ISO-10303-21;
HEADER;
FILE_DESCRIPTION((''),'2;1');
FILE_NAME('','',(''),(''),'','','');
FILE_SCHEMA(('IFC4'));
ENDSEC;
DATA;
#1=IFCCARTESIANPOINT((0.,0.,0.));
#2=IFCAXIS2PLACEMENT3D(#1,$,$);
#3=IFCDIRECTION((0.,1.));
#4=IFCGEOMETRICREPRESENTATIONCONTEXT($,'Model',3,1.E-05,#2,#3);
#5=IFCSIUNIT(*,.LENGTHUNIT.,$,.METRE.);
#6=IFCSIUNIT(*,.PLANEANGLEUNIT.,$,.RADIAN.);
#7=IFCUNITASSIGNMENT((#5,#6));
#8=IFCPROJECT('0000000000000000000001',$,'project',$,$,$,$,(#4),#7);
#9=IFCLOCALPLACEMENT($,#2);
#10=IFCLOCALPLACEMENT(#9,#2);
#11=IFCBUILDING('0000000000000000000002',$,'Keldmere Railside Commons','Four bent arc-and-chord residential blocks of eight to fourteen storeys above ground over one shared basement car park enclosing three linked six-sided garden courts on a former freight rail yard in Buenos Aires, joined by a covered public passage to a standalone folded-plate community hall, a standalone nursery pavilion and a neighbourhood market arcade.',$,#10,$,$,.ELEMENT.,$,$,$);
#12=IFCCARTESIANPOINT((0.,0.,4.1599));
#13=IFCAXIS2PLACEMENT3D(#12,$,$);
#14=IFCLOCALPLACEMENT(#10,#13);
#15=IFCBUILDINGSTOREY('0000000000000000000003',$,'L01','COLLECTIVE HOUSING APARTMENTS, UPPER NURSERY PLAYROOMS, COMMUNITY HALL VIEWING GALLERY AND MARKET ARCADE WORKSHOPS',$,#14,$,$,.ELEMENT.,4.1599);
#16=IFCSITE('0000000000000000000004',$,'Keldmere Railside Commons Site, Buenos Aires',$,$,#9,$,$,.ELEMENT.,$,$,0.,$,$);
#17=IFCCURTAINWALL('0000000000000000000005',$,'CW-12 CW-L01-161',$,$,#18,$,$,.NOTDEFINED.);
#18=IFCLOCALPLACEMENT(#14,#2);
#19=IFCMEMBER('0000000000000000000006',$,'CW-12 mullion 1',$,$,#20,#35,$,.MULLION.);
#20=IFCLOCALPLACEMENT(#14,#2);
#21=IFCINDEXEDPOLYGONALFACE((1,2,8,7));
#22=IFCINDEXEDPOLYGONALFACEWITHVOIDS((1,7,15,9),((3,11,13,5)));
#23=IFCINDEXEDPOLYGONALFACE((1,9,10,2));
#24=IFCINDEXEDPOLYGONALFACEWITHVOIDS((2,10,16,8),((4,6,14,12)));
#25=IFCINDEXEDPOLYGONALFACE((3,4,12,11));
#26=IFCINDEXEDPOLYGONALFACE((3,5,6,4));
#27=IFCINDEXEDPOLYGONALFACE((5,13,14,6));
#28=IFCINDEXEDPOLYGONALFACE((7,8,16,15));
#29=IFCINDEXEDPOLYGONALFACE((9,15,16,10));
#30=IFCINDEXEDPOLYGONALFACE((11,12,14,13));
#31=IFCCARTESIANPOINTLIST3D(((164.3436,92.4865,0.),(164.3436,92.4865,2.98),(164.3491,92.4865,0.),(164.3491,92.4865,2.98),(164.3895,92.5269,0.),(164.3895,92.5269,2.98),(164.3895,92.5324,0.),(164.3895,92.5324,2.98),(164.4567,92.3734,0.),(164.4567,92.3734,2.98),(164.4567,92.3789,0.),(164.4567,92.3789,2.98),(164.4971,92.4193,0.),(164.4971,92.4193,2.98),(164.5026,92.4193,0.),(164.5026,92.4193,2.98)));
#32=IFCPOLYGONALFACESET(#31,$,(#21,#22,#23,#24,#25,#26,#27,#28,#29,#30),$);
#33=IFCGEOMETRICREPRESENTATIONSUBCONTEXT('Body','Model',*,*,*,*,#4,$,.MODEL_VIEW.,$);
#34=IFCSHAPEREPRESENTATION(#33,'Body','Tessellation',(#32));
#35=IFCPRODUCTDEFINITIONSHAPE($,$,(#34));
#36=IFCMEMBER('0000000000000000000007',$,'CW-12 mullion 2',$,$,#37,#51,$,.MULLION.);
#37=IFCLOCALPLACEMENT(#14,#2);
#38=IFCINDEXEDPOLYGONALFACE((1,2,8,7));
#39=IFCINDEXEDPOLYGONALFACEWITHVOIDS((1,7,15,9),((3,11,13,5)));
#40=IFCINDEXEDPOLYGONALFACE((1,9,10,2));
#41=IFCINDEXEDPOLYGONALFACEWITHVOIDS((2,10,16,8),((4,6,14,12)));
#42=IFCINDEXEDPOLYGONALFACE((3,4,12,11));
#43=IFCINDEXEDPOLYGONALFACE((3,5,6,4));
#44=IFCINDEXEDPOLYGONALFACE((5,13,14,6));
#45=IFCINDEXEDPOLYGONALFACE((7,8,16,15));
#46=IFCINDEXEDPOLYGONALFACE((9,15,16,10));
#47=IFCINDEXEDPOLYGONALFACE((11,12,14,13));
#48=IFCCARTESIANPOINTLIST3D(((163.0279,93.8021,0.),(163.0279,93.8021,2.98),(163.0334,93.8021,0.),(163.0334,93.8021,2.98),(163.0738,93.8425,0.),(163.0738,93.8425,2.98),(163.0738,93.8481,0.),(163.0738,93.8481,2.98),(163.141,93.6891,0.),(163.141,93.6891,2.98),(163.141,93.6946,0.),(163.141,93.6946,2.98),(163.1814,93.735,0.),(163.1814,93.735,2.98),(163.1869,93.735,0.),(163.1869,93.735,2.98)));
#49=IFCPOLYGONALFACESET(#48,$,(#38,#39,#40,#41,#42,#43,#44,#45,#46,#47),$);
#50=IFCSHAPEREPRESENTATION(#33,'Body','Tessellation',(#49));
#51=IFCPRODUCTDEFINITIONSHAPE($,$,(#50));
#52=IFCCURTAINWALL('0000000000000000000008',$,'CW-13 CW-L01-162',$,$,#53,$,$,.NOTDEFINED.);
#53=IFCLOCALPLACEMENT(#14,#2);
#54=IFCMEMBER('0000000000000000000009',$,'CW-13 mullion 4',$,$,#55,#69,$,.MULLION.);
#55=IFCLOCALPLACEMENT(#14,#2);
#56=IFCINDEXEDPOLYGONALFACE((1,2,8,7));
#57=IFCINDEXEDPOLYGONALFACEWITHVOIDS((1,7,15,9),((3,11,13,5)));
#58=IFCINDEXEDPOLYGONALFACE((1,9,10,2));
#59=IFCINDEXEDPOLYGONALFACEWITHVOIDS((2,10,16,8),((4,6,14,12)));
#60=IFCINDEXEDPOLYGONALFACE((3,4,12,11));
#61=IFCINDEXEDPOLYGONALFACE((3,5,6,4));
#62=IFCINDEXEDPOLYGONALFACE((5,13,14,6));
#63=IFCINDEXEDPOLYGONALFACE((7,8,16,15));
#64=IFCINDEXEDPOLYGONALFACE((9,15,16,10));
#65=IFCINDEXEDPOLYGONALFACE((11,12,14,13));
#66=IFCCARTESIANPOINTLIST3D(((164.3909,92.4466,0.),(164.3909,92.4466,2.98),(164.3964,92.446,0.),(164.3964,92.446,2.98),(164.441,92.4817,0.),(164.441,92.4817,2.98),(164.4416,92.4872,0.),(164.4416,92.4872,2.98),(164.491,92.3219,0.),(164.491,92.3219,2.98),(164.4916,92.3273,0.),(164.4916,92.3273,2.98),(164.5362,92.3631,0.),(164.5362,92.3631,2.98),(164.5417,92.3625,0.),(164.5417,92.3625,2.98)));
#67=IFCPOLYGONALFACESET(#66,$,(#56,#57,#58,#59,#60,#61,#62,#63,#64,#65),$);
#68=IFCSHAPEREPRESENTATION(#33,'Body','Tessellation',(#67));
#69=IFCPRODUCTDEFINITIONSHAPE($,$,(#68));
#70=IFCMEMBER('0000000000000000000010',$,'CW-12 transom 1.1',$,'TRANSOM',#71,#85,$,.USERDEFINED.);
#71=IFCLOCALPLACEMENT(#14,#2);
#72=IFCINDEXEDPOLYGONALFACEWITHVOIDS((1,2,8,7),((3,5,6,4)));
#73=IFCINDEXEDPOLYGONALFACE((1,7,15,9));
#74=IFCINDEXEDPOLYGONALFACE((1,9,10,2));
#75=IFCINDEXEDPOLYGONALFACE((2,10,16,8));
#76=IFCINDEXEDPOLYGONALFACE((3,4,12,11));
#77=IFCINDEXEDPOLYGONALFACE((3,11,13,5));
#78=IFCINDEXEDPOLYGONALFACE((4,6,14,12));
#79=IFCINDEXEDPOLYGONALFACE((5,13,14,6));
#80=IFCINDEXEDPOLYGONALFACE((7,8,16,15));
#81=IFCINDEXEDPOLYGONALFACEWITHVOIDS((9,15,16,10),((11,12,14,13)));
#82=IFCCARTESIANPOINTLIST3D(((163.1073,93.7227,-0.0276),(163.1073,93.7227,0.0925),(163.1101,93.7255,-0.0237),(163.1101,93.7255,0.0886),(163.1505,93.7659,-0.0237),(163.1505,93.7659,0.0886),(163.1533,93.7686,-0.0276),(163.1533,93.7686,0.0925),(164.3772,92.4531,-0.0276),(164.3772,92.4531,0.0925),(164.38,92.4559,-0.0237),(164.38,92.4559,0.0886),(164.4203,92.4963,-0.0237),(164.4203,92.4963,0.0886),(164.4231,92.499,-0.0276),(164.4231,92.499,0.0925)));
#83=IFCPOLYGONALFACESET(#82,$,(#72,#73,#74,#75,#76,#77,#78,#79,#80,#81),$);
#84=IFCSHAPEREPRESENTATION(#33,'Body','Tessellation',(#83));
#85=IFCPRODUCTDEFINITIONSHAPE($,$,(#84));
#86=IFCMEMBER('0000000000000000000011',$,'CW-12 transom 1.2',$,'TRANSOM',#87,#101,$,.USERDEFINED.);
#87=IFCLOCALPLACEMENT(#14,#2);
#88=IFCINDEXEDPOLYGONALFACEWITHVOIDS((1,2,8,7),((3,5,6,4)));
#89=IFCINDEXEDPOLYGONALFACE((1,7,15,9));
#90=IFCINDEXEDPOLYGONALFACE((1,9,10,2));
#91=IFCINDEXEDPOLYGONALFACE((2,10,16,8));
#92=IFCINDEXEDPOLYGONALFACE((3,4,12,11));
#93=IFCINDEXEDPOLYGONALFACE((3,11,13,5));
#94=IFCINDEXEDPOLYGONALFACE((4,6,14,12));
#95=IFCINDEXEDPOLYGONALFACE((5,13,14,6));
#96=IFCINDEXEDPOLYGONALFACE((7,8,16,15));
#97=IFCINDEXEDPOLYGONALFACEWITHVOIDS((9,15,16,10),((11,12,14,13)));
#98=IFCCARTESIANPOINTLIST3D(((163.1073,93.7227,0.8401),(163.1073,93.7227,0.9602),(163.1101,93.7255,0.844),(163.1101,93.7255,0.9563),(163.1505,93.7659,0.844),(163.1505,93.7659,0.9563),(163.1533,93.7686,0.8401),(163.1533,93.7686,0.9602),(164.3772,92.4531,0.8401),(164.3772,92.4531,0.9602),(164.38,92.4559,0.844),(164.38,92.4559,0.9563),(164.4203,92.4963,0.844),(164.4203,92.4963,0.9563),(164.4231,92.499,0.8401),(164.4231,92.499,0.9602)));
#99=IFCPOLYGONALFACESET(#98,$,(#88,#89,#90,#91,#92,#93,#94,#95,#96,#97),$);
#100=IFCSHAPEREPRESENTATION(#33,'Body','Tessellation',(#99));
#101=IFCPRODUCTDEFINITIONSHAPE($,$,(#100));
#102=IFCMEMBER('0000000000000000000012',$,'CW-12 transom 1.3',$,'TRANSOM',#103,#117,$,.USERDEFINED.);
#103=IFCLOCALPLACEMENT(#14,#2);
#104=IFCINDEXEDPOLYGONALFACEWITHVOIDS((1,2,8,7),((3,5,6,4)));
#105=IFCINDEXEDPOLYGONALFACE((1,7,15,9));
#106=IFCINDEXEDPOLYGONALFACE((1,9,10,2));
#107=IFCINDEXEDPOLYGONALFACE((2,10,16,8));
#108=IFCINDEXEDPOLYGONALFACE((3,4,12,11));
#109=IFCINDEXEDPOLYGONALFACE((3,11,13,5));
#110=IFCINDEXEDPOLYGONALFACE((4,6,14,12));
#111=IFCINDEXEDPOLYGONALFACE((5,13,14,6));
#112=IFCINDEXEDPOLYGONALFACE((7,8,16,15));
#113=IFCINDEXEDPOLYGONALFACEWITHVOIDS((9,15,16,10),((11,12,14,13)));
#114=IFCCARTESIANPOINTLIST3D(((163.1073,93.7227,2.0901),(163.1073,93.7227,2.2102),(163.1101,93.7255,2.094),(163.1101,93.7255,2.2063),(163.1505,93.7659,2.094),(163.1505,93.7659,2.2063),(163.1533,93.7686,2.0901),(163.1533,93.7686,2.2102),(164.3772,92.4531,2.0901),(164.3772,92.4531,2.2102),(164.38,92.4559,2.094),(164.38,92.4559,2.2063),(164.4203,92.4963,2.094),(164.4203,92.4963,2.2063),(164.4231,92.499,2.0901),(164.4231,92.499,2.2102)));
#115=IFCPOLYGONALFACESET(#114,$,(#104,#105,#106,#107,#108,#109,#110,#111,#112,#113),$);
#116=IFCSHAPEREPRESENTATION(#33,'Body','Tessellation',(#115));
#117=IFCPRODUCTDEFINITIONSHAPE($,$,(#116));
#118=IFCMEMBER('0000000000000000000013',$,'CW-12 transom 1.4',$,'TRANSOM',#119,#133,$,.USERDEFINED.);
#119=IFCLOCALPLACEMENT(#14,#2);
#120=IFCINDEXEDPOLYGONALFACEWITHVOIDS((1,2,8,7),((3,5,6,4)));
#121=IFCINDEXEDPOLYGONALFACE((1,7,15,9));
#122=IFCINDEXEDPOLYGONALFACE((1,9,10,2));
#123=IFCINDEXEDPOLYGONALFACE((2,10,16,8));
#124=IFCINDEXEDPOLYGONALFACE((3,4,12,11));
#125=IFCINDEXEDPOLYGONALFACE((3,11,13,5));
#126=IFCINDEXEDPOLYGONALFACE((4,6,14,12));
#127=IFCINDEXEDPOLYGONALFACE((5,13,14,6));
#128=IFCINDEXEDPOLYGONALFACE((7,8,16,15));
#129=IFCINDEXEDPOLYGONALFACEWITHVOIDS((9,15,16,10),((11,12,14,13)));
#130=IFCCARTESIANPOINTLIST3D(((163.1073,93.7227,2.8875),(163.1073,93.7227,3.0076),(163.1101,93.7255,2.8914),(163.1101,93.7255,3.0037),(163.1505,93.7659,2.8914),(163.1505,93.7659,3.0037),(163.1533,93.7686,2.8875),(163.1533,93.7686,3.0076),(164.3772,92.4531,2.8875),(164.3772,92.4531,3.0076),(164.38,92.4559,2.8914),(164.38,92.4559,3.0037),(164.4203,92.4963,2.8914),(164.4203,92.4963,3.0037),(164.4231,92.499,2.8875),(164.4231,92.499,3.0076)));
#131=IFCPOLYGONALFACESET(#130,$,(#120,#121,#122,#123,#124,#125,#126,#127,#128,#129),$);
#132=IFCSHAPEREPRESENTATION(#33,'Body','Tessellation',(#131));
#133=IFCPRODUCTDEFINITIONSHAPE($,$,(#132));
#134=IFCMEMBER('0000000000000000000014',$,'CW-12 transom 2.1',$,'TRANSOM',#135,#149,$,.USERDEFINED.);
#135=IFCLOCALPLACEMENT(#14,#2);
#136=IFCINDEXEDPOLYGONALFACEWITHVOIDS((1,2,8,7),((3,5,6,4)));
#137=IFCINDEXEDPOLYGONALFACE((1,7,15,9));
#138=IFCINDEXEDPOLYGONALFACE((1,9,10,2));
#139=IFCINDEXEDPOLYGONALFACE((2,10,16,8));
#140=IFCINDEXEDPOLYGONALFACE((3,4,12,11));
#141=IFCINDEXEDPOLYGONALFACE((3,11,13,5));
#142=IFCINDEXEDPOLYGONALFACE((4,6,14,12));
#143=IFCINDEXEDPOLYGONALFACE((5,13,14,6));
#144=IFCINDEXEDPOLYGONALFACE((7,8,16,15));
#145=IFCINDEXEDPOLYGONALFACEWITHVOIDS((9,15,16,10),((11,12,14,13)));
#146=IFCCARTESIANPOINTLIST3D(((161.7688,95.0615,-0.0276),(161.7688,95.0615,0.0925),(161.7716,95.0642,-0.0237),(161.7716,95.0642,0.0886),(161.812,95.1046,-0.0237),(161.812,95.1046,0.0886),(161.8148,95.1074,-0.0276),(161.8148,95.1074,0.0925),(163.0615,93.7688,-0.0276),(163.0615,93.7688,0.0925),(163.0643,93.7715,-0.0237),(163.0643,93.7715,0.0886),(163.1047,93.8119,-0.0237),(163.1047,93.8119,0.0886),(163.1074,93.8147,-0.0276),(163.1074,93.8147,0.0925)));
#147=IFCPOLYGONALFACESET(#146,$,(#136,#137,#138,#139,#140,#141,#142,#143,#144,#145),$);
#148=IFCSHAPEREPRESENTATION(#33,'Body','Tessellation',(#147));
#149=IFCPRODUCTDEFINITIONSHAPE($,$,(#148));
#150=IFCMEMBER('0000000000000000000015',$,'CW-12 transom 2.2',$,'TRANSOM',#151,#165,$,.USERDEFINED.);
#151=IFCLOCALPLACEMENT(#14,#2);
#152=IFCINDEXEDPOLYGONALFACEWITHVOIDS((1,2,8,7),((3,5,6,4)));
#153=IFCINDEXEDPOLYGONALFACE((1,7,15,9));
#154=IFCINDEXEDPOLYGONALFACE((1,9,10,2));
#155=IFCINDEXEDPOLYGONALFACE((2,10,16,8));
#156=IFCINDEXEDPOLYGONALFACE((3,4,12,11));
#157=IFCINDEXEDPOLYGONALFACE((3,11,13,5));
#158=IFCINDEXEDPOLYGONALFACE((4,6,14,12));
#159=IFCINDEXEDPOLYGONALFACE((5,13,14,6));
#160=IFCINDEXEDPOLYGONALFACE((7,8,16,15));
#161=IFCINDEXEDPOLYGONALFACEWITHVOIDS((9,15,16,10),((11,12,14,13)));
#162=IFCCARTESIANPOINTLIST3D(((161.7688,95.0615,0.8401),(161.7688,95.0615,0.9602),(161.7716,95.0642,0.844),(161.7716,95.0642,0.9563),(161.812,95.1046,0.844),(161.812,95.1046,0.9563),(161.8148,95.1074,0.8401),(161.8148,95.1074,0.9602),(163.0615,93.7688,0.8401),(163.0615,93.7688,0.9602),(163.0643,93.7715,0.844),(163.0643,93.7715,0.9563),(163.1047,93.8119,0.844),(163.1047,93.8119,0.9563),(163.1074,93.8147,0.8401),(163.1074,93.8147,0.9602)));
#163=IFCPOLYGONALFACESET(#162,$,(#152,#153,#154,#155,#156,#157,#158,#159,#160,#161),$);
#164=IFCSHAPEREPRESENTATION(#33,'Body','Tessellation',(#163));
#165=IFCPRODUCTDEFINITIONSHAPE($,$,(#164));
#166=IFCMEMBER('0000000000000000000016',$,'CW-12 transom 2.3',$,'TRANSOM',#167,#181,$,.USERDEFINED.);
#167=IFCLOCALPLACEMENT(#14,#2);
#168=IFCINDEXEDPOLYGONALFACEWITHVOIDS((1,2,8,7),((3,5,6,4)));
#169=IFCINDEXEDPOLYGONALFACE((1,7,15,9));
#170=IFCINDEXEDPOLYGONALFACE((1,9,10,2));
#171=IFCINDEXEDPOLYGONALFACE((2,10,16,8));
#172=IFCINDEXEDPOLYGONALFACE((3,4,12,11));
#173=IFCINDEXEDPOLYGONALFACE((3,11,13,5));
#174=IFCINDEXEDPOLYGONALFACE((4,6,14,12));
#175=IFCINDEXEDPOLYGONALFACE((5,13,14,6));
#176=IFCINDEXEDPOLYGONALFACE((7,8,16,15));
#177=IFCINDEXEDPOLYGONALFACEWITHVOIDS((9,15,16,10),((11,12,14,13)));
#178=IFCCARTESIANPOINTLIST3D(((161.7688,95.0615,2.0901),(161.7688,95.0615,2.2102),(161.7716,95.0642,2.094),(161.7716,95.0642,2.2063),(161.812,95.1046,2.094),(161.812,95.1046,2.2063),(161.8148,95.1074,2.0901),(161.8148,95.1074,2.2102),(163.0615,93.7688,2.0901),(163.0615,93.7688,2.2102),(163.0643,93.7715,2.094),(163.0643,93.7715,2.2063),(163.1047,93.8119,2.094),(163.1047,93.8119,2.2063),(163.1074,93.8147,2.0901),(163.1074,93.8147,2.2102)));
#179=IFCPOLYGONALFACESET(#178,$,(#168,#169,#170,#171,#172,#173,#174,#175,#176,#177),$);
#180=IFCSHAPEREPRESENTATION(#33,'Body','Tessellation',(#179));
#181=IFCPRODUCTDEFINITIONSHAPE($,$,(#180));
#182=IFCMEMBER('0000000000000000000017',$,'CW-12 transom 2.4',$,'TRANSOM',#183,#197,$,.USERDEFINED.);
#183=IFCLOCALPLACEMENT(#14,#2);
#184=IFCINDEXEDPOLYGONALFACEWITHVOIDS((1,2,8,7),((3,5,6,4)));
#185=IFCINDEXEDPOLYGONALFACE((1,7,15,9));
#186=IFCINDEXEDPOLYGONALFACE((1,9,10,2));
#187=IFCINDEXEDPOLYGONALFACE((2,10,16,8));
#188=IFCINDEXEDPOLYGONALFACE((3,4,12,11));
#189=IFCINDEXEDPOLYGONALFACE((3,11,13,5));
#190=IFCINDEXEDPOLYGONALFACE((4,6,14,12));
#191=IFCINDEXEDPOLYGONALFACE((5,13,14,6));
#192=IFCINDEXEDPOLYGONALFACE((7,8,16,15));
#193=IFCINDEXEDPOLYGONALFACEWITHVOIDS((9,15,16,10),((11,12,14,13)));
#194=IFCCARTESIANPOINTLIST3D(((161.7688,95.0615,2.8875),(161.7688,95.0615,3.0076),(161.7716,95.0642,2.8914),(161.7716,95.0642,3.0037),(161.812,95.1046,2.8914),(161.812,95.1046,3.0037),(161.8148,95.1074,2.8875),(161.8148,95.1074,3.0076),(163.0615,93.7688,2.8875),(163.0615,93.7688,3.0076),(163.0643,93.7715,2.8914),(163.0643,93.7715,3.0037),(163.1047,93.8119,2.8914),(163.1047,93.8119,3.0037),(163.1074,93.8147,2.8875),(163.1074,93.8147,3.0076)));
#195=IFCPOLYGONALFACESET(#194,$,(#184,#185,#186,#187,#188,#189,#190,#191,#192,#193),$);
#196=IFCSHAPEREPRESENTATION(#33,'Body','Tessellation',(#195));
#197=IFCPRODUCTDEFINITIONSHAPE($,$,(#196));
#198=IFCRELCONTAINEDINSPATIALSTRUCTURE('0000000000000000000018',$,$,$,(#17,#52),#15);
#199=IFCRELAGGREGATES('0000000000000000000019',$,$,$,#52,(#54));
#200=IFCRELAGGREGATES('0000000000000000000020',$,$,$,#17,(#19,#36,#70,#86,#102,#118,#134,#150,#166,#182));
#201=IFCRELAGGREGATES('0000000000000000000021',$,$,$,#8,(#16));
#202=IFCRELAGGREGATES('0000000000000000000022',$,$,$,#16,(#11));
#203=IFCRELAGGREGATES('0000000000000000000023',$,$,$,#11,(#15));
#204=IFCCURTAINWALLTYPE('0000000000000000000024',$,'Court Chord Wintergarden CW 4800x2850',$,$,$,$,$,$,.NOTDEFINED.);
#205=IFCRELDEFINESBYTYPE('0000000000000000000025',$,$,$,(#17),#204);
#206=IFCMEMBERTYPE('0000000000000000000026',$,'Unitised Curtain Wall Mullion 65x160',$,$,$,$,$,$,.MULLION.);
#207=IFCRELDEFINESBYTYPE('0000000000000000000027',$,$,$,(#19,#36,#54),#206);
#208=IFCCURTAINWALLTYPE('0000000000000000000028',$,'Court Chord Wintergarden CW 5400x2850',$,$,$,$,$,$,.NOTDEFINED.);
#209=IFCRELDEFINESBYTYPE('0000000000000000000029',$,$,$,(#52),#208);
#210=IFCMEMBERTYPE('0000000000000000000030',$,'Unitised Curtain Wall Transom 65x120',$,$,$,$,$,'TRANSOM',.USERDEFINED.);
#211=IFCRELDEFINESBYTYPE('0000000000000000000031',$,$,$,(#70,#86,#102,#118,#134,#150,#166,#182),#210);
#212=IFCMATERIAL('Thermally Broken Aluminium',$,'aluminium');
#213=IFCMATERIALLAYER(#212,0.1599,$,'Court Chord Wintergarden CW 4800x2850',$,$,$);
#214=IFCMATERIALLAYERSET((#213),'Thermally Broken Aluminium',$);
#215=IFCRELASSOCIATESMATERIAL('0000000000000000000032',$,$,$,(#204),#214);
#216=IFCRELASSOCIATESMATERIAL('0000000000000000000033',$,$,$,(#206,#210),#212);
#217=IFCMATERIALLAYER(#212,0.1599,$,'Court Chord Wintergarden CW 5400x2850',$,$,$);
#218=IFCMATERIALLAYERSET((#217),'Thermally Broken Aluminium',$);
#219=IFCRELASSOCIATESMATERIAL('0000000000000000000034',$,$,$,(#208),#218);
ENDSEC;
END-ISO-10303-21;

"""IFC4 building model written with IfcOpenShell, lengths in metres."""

from ifc_helpers import new_model, si_unit, direction, frame, origin, origin_2d, place, context, subcontext, project, spatial, hollow_rectangle, extrude, material, layer, layer_set, material_profile, profile_set, type_object, element, aggregate, save


model = new_model("IFC4")

# Units and contexts
model_context = context("Model", 3, precision=1e-05, world=origin(), true_north=direction((0.0, 1.0)))
body_context = subcontext(model_context, "Body", "Model", "MODEL_VIEW")
ifc_project = project(units=[si_unit("LENGTHUNIT", "METRE"), si_unit("PLANEANGLEUNIT", "RADIAN")], contexts=[model_context])

# Site, building, storey
site_placement = place(None, origin())
site = spatial("IfcSite", under=ifc_project, at=site_placement, Name="Keldmere Railside Commons Site, Buenos Aires", CompositionType="ELEMENT", RefElevation=0.0)
building_placement = place(site_placement, origin())
building = spatial("IfcBuilding", under=site, at=building_placement, Name="Keldmere Railside Commons", Description="Four bent arc-and-chord residential blocks of eight to fourteen storeys above ground over one shared basement car park enclosing three linked six-sided garden courts on a former freight rail yard in Buenos Aires, joined by a covered public passage to a standalone folded-plate community hall, a standalone nursery pavilion and a neighbourhood market arcade.", CompositionType="ELEMENT")
storey_placement = place(building_placement, frame((0.0, 0.0, 4.1599)))
storey = spatial("IfcBuildingStorey", under=building, at=storey_placement, Name="L01", Description="COLLECTIVE HOUSING APARTMENTS, UPPER NURSERY PLAYROOMS, COMMUNITY HALL VIEWING GALLERY AND MARKET ARCADE WORKSHOPS", CompositionType="ELEMENT", Elevation=4.1599)

# Curtain wall, members
ifc_material_1 = material(Name="Thermally Broken Aluminium", Category="aluminium")
ifc_layer_1 = layer(ifc_material_1, 0.1599, Name="Court Chord Wintergarden CW 4800x2850")
ifc_layer_set_1 = layer_set([ifc_layer_1], Name="Thermally Broken Aluminium")
curtain_wall_type_1 = type_object("IfcCurtainWallType", Name="Court Chord Wintergarden CW 4800x2850", PredefinedType="NOTDEFINED", material=ifc_layer_set_1)
curtain_wall_1_placement = place(storey_placement, origin())
curtain_wall_1 = element("IfcCurtainWall", 1, at=curtain_wall_1_placement, inside=storey, type_object=curtain_wall_type_1, Name="CW-12 CW-L01-161", PredefinedType="NOTDEFINED")
ifc_material_profile_1 = material_profile(ifc_material_1, hollow_rectangle(XDim=0.0649, YDim=0.1599, WallThickness=0.0039, at=origin_2d()), Name="ALU-MULL-65x160")
ifc_profile_set_1 = profile_set([ifc_material_profile_1], Name="Thermally Broken Aluminium")
member_type_1 = type_object("IfcMemberType", Name="Unitised Curtain Wall Mullion 65x160", PredefinedType="MULLION", material=ifc_profile_set_1)
member_1_placement = place(storey_placement, frame((164.4231, 92.4529, 0.0), z_axis=(0.0, 0.0, 1.0), x_axis=(-0.707107, -0.707107, 0.0)))
member_1 = element("IfcMember", 2, at=member_1_placement, type_object=member_type_1, Name="CW-12 mullion 1", PredefinedType="MULLION", context=body_context, shape_type="SweptSolid", body=[
    extrude(hollow_rectangle(XDim=0.0649, YDim=0.1599, WallThickness=0.0039, at=origin_2d()), origin(), (0.0, 0.0, 1.0), 2.98),
])
member_2_placement = place(storey_placement, frame((163.1074, 93.7686, 0.0), z_axis=(0.0, 0.0, 1.0), x_axis=(-0.707107, -0.707107, 0.0)))
member_2 = element("IfcMember", 3, at=member_2_placement, type_object=member_type_1, Name="CW-12 mullion 2", PredefinedType="MULLION", context=body_context, shape_type="SweptSolid", body=[
    extrude(hollow_rectangle(XDim=0.0649, YDim=0.1599, WallThickness=0.0039, at=origin_2d()), origin(), (0.0, 0.0, 1.0), 2.98),
])

# Curtain wall, member
ifc_layer_2 = layer(ifc_material_1, 0.1599, Name="Court Chord Wintergarden CW 5400x2850")
ifc_layer_set_2 = layer_set([ifc_layer_2], Name="Thermally Broken Aluminium")
curtain_wall_type_2 = type_object("IfcCurtainWallType", Name="Court Chord Wintergarden CW 5400x2850", PredefinedType="NOTDEFINED", material=ifc_layer_set_2)
curtain_wall_2_placement = place(storey_placement, origin())
curtain_wall_2 = element("IfcCurtainWall", 4, at=curtain_wall_2_placement, inside=storey, type_object=curtain_wall_type_2, Name="CW-13 CW-L01-162", PredefinedType="NOTDEFINED")
member_3_placement = place(storey_placement, frame((164.4663, 92.4045, 0.0), z_axis=(0.0, 0.0, 1.0), x_axis=(-0.780009, -0.625768, 0.0)))
member_3 = element("IfcMember", 5, at=member_3_placement, type_object=member_type_1, Name="CW-13 mullion 4", PredefinedType="MULLION", context=body_context, shape_type="SweptSolid", body=[
    extrude(hollow_rectangle(XDim=0.0649, YDim=0.1599, WallThickness=0.0039, at=origin_2d()), origin(), (0.0, 0.0, 1.0), 2.98),
])

# Members
ifc_material_profile_2 = material_profile(ifc_material_1, hollow_rectangle(XDim=0.0649, YDim=0.1201, WallThickness=0.0039, at=origin_2d()), Name="ALU-TRAN-65x120")
ifc_profile_set_2 = profile_set([ifc_material_profile_2], Name="Thermally Broken Aluminium")
member_type_2 = type_object("IfcMemberType", Name="Unitised Curtain Wall Transom 65x120", ElementType="TRANSOM", PredefinedType="USERDEFINED", material=ifc_profile_set_2)
member_4_placement = place(storey_placement, frame((164.4001, 92.4761, 0.0325), z_axis=(-0.707175, 0.707039, 0.0), x_axis=(-0.707039, -0.707175, 0.0)))
member_4 = element("IfcMember", 6, at=member_4_placement, type_object=member_type_2, Name="CW-12 transom 1.1", ObjectType="TRANSOM", PredefinedType="USERDEFINED", context=body_context, shape_type="SweptSolid", body=[
    extrude(hollow_rectangle(XDim=0.0649, YDim=0.1201, WallThickness=0.0039, at=origin_2d()), origin(), (0.0, 0.0, 1.0), 1.7957),
])
member_5_placement = place(storey_placement, frame((164.4001, 92.4761, 0.9001), z_axis=(-0.707175, 0.707039, 0.0), x_axis=(-0.707039, -0.707175, 0.0)))
member_5 = element("IfcMember", 7, at=member_5_placement, type_object=member_type_2, Name="CW-12 transom 1.2", ObjectType="TRANSOM", PredefinedType="USERDEFINED", context=body_context, shape_type="SweptSolid", body=[
    extrude(hollow_rectangle(XDim=0.0649, YDim=0.1201, WallThickness=0.0039, at=origin_2d()), origin(), (0.0, 0.0, 1.0), 1.7957),
])
member_6_placement = place(storey_placement, frame((164.4001, 92.4761, 2.1501), z_axis=(-0.707175, 0.707039, 0.0), x_axis=(-0.707039, -0.707175, 0.0)))
member_6 = element("IfcMember", 8, at=member_6_placement, type_object=member_type_2, Name="CW-12 transom 1.3", ObjectType="TRANSOM", PredefinedType="USERDEFINED", context=body_context, shape_type="SweptSolid", body=[
    extrude(hollow_rectangle(XDim=0.0649, YDim=0.1201, WallThickness=0.0039, at=origin_2d()), origin(), (0.0, 0.0, 1.0), 1.7957),
])
member_7_placement = place(storey_placement, frame((164.4001, 92.4761, 2.9475), z_axis=(-0.707175, 0.707039, 0.0), x_axis=(-0.707039, -0.707175, 0.0)))
member_7 = element("IfcMember", 9, at=member_7_placement, type_object=member_type_2, Name="CW-12 transom 1.4", ObjectType="TRANSOM", PredefinedType="USERDEFINED", context=body_context, shape_type="SweptSolid", body=[
    extrude(hollow_rectangle(XDim=0.0649, YDim=0.1201, WallThickness=0.0039, at=origin_2d()), origin(), (0.0, 0.0, 1.0), 1.7957),
])
member_8_placement = place(storey_placement, frame((163.0845, 93.7917, 0.0325), z_axis=(-0.707107, 0.707107, 0.0), x_axis=(-0.707107, -0.707107, 0.0)))
member_8 = element("IfcMember", 10, at=member_8_placement, type_object=member_type_2, Name="CW-12 transom 2.1", ObjectType="TRANSOM", PredefinedType="USERDEFINED", context=body_context, shape_type="SweptSolid", body=[
    extrude(hollow_rectangle(XDim=0.0649, YDim=0.1201, WallThickness=0.0039, at=origin_2d()), origin(), (0.0, 0.0, 1.0), 1.8281),
])
member_9_placement = place(storey_placement, frame((163.0845, 93.7917, 0.9001), z_axis=(-0.707107, 0.707107, 0.0), x_axis=(-0.707107, -0.707107, 0.0)))
member_9 = element("IfcMember", 11, at=member_9_placement, type_object=member_type_2, Name="CW-12 transom 2.2", ObjectType="TRANSOM", PredefinedType="USERDEFINED", context=body_context, shape_type="SweptSolid", body=[
    extrude(hollow_rectangle(XDim=0.0649, YDim=0.1201, WallThickness=0.0039, at=origin_2d()), origin(), (0.0, 0.0, 1.0), 1.8281),
])
member_10_placement = place(storey_placement, frame((163.0845, 93.7917, 2.1501), z_axis=(-0.707107, 0.707107, 0.0), x_axis=(-0.707107, -0.707107, 0.0)))
member_10 = element("IfcMember", 12, at=member_10_placement, type_object=member_type_2, Name="CW-12 transom 2.3", ObjectType="TRANSOM", PredefinedType="USERDEFINED", context=body_context, shape_type="SweptSolid", body=[
    extrude(hollow_rectangle(XDim=0.0649, YDim=0.1201, WallThickness=0.0039, at=origin_2d()), origin(), (0.0, 0.0, 1.0), 1.8281),
])
member_11_placement = place(storey_placement, frame((163.0845, 93.7917, 2.9475), z_axis=(-0.707107, 0.707107, 0.0), x_axis=(-0.707107, -0.707107, 0.0)))
member_11 = element("IfcMember", 13, at=member_11_placement, type_object=member_type_2, Name="CW-12 transom 2.4", ObjectType="TRANSOM", PredefinedType="USERDEFINED", context=body_context, shape_type="SweptSolid", body=[
    extrude(hollow_rectangle(XDim=0.0649, YDim=0.1201, WallThickness=0.0039, at=origin_2d()), origin(), (0.0, 0.0, 1.0), 1.8281),
])

aggregate(curtain_wall_2, [member_3])
aggregate(curtain_wall_1, [member_1, member_2, member_4, member_5, member_6, member_7, member_8, member_9, member_10, member_11])

save(model, "model.ifc")
